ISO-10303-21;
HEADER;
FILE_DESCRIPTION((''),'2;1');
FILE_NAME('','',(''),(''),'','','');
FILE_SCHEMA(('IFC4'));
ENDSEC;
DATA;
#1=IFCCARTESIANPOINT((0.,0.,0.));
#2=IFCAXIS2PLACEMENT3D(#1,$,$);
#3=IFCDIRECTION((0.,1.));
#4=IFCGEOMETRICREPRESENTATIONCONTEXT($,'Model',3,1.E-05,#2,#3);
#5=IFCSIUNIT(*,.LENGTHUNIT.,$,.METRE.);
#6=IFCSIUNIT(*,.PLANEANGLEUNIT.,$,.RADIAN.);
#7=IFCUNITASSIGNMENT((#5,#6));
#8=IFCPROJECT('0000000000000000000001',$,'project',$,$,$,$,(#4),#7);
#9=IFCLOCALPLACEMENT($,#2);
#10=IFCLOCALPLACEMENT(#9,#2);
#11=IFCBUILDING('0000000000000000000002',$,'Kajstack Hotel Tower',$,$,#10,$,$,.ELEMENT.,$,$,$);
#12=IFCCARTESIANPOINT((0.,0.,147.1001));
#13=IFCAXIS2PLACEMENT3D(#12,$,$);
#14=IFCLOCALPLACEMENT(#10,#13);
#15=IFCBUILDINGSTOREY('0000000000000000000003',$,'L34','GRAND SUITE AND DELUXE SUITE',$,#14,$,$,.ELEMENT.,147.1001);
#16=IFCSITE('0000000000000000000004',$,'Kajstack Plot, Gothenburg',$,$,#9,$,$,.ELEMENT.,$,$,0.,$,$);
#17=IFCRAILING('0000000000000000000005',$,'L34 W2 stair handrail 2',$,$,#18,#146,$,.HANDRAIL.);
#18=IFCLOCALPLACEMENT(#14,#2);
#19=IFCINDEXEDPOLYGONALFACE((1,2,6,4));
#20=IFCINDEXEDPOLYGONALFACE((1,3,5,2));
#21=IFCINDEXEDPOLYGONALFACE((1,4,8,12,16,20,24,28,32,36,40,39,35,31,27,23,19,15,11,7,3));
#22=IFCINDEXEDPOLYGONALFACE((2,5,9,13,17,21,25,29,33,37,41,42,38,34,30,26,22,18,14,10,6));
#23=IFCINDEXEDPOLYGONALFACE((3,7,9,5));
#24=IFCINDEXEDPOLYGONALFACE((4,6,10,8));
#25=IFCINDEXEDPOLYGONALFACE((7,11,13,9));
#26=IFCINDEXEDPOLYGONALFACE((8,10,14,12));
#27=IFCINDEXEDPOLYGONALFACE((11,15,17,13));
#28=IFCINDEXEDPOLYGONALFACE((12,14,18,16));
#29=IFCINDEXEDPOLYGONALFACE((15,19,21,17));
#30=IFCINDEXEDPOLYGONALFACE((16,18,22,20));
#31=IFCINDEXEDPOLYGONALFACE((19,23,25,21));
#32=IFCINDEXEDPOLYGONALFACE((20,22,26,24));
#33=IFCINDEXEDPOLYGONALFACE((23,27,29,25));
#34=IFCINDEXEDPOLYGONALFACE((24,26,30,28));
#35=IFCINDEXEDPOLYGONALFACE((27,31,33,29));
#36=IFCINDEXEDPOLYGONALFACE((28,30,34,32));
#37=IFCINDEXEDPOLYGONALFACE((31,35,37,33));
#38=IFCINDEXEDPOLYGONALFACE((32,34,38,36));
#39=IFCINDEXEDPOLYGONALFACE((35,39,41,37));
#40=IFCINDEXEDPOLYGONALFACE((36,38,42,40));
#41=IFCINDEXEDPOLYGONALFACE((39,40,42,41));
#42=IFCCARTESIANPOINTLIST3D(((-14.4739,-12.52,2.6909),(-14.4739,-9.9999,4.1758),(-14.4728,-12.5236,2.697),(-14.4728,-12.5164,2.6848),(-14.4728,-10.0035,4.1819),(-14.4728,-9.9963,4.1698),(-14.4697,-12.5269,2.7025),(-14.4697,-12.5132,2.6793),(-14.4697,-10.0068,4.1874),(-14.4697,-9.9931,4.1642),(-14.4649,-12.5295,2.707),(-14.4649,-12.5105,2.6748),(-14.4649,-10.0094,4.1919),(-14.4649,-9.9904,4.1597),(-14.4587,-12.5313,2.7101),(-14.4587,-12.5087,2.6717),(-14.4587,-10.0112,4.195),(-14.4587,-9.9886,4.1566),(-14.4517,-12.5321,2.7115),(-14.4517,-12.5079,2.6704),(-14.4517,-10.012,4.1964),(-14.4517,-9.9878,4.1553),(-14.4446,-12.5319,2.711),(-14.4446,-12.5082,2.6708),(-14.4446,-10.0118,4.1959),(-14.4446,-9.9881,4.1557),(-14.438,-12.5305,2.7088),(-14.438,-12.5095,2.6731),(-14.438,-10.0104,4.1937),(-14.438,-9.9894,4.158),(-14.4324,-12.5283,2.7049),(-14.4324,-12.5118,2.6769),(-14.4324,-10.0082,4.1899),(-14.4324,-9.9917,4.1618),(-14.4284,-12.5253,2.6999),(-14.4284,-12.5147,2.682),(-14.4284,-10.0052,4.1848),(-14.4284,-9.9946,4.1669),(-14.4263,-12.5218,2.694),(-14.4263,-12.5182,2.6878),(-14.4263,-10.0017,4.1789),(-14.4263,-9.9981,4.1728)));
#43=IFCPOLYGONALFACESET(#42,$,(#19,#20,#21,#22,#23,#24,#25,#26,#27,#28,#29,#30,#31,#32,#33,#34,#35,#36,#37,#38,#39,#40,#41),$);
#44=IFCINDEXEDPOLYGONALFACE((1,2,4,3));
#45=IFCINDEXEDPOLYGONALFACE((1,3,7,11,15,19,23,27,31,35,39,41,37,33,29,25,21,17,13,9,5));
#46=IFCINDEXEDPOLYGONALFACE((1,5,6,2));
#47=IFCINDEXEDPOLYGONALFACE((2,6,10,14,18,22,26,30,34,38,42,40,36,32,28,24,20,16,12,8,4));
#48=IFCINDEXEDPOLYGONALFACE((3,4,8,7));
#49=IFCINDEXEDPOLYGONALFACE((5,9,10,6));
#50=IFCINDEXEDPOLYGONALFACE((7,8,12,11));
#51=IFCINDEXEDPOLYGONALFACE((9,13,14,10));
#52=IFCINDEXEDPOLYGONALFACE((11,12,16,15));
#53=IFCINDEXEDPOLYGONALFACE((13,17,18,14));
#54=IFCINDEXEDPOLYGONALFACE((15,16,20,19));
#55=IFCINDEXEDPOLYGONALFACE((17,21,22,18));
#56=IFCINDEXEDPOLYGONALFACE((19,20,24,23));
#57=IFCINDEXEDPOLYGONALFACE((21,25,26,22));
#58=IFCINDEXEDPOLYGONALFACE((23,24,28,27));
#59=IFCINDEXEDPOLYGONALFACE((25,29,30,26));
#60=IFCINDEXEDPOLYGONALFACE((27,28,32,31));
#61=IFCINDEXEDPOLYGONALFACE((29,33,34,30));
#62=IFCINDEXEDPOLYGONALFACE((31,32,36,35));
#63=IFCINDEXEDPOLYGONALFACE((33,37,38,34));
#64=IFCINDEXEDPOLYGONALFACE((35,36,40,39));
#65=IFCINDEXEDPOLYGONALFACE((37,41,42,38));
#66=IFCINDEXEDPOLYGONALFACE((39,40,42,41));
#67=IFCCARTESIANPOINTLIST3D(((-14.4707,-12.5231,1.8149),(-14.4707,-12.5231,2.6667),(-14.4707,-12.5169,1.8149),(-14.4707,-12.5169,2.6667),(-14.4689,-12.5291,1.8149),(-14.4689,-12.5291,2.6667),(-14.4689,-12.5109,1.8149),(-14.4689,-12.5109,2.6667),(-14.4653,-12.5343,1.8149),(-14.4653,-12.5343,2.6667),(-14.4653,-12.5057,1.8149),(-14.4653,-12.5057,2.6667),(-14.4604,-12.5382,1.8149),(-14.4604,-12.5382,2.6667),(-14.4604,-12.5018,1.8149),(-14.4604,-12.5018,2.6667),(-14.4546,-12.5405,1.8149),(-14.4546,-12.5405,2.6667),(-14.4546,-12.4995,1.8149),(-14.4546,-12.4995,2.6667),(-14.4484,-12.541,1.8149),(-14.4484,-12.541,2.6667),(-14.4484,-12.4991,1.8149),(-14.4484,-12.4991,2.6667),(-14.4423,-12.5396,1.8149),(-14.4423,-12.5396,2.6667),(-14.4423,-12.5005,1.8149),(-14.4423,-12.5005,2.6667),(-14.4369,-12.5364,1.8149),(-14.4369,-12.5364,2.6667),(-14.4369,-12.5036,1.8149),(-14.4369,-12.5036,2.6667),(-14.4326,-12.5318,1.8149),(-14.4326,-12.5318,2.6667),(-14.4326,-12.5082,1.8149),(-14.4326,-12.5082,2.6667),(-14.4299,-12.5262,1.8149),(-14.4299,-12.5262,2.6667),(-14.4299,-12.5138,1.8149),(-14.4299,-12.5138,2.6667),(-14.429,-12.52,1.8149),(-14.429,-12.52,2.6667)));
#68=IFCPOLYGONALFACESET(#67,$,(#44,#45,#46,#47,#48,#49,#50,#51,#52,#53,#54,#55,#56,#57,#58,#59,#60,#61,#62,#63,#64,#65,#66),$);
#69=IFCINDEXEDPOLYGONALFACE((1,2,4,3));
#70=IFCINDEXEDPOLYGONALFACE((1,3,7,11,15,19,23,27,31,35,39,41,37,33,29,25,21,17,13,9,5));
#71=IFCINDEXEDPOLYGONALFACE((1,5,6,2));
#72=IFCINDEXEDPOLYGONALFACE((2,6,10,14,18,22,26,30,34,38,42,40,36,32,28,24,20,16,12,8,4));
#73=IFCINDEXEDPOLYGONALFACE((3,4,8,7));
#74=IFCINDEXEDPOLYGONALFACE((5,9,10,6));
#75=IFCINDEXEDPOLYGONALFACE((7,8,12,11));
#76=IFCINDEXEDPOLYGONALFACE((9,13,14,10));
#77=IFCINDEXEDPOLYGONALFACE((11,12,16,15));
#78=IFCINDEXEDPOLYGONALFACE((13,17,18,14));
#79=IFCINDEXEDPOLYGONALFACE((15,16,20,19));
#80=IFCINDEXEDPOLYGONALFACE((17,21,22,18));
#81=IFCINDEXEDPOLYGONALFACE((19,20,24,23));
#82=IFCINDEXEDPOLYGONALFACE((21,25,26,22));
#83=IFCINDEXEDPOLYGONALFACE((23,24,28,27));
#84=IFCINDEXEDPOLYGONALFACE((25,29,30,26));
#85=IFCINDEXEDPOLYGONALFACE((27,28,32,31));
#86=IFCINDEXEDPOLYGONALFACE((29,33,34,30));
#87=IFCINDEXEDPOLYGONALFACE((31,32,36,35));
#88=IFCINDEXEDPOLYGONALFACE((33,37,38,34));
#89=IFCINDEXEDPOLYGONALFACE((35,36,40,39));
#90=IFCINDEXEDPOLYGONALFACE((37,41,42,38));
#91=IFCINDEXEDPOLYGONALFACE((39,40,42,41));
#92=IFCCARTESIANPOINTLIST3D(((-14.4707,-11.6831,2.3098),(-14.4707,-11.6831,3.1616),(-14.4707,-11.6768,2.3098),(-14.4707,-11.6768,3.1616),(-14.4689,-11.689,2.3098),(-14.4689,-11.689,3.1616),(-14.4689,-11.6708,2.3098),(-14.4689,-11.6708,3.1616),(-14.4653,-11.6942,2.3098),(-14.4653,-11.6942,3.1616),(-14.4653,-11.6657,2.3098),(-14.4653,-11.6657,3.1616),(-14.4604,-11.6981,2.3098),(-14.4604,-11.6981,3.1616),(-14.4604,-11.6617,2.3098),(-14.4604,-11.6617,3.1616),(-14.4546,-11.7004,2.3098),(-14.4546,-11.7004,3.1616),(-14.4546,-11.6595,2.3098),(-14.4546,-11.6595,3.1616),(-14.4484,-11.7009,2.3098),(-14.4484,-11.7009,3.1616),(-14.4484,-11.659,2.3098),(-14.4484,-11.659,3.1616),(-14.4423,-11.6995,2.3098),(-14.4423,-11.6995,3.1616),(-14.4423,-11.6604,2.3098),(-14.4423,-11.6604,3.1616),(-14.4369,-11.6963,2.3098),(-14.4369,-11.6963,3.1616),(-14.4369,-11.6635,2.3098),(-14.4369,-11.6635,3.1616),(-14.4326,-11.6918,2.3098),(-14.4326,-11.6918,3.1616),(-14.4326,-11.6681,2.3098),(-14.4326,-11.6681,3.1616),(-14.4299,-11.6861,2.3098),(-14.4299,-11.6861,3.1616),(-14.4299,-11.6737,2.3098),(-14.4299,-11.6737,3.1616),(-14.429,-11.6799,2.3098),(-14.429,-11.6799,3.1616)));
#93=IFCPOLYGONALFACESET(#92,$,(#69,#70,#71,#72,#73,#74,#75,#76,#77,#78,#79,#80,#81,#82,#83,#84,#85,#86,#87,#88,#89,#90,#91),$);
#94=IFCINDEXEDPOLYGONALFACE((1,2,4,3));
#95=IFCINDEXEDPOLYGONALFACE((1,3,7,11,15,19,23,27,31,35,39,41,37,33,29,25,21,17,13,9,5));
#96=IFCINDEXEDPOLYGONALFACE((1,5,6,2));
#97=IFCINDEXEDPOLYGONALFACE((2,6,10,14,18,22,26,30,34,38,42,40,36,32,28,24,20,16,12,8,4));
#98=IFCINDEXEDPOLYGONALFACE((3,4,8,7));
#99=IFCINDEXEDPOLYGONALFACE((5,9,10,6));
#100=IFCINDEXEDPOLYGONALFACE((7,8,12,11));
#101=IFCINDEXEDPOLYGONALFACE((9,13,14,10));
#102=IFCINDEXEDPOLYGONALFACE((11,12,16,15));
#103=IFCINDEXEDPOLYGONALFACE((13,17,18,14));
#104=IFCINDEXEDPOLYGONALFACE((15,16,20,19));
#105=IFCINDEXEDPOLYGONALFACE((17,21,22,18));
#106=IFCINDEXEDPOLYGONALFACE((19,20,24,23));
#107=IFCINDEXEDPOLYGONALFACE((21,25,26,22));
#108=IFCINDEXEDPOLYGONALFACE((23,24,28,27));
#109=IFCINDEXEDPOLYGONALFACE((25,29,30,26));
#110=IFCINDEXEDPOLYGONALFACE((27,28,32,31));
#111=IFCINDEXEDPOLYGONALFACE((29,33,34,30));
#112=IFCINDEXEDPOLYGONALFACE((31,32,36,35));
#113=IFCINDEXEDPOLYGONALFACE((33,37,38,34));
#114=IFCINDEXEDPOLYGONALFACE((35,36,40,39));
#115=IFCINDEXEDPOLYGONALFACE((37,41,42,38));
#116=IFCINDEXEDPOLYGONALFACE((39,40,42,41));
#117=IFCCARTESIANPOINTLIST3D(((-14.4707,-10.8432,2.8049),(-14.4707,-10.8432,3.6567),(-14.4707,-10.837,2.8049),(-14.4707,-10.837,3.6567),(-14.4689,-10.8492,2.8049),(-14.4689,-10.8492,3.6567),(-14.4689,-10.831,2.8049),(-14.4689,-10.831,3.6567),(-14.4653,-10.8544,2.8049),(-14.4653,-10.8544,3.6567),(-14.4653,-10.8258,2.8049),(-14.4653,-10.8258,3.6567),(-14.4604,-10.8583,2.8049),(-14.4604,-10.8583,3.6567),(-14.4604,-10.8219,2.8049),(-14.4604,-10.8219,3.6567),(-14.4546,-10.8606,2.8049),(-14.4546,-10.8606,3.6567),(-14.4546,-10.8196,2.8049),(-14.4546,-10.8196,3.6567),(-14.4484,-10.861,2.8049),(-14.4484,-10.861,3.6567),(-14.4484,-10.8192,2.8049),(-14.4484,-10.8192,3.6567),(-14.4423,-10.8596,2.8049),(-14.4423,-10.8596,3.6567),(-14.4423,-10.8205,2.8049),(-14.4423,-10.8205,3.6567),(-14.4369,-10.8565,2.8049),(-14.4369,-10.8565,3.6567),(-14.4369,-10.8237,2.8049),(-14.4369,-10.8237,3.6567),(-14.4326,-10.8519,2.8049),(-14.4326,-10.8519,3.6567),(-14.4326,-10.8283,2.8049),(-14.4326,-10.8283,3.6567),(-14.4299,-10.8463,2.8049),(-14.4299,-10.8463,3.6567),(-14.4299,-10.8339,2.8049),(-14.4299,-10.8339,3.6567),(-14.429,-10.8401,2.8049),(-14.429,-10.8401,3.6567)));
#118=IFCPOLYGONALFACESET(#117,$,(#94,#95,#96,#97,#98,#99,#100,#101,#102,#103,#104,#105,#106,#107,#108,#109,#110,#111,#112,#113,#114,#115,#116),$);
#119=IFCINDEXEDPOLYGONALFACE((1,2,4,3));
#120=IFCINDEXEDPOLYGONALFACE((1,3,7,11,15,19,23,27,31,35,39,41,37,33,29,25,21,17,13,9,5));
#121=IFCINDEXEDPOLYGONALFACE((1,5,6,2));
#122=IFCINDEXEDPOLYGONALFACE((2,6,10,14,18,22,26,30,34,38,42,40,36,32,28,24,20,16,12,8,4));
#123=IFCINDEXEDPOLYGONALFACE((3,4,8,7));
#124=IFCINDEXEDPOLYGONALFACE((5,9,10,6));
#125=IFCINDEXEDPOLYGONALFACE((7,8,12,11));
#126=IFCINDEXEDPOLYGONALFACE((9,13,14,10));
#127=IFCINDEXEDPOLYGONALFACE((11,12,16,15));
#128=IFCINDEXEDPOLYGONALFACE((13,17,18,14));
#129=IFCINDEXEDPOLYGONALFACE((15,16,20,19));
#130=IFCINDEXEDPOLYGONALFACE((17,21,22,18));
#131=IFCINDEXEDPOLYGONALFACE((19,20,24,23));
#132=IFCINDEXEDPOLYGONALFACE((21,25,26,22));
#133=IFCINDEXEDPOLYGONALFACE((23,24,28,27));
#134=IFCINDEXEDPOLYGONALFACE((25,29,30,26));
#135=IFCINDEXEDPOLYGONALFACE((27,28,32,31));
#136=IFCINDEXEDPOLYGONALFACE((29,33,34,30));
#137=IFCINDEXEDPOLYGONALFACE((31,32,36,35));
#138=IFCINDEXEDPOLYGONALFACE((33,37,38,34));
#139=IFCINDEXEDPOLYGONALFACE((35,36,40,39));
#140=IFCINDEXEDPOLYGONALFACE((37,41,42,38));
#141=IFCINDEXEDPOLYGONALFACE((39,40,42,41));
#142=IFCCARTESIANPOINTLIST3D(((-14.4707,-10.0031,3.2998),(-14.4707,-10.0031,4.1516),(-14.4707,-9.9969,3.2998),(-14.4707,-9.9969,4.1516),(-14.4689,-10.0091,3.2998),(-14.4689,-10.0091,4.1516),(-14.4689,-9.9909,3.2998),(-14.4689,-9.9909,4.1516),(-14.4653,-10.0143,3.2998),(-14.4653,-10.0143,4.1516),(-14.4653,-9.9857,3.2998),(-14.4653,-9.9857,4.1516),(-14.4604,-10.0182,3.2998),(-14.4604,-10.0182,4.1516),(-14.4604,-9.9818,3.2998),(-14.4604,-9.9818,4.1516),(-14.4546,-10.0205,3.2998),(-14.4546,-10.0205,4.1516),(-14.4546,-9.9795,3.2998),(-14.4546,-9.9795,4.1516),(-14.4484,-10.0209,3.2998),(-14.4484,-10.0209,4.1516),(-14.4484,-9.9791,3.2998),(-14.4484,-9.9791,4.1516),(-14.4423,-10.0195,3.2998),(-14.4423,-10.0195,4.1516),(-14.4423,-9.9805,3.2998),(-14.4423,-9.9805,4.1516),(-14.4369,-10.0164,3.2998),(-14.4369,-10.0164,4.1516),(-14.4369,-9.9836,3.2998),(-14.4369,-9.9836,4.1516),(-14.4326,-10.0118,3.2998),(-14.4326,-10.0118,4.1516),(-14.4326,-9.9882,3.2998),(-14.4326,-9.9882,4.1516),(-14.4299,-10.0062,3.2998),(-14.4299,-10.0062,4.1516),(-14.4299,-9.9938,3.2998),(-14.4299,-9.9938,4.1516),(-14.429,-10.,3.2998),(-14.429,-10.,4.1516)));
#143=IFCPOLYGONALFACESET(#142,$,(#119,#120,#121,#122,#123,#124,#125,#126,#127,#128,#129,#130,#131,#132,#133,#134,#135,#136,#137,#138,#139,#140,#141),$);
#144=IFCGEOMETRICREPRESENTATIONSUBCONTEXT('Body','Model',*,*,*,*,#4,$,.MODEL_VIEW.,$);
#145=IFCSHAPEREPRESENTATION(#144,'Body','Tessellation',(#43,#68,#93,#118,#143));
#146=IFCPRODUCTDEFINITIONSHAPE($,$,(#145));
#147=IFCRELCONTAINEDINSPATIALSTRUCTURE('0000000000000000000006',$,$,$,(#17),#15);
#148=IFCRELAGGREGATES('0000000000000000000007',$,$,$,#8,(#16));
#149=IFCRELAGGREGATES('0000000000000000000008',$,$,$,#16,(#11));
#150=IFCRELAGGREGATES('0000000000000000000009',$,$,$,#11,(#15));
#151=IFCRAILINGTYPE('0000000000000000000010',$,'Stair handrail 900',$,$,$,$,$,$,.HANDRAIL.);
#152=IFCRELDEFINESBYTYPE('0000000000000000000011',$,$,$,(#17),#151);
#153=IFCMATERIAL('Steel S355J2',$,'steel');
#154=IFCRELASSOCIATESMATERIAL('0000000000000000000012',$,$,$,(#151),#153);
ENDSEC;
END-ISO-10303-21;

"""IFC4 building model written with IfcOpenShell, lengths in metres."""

from ifc_helpers import new_model, si_unit, direction, frame, origin, origin_2d, place, context, subcontext, project, spatial, circle, extrude, material, type_object, element, save


model = new_model("IFC4")

# Units and contexts
model_context = context("Model", 3, precision=1e-05, world=origin(), true_north=direction((0.0, 1.0)))
body_context = subcontext(model_context, "Body", "Model", "MODEL_VIEW")
ifc_project = project(units=[si_unit("LENGTHUNIT", "METRE"), si_unit("PLANEANGLEUNIT", "RADIAN")], contexts=[model_context])

# Site, building, storey
site_placement = place(None, origin())
site = spatial("IfcSite", under=ifc_project, at=site_placement, Name="Kajstack Plot, Gothenburg", CompositionType="ELEMENT", RefElevation=0.0)
building_placement = place(site_placement, origin())
building = spatial("IfcBuilding", under=site, at=building_placement, Name="Kajstack Hotel Tower", CompositionType="ELEMENT")
storey_placement = place(building_placement, frame((0.0, 0.0, 147.1001)))
storey = spatial("IfcBuildingStorey", under=building, at=storey_placement, Name="L34", Description="GRAND SUITE AND DELUXE SUITE", CompositionType="ELEMENT", Elevation=147.1001)

# Railing
ifc_material_1 = material(Name="Steel S355J2", Category="steel")
railing_type_1 = type_object("IfcRailingType", Name="Stair handrail 900", PredefinedType="HANDRAIL", material=ifc_material_1)
railing_1_placement = place(storey_placement, frame((-14.45, -12.52, 1.8149)))
element("IfcRailing", 1, at=railing_1_placement, inside=storey, type_object=railing_type_1, Name="L34 W2 stair handrail 2", PredefinedType="HANDRAIL", context=body_context, shape_type="SweptSolid", body=[
    extrude(circle(Radius=0.0239, at=origin_2d()), frame((0.0, 0.0, 0.876), z_axis=(0.0, 0.861561, 0.507655), x_axis=(-1.0, 0.0, 0.0)), (0.0, 0.0, 1.0), 2.925),
    extrude(circle(Radius=0.021, at=origin_2d()), origin(), (0.0, 0.0, 1.0), 0.8518),
    extrude(circle(Radius=0.021, at=origin_2d()), frame((0.0, 0.8401, 0.4949)), (0.0, 0.0, 1.0), 0.8518),
    extrude(circle(Radius=0.021, at=origin_2d()), frame((0.0, 1.6799, 0.99)), (0.0, 0.0, 1.0), 0.8518),
    extrude(circle(Radius=0.021, at=origin_2d()), frame((0.0, 2.52, 1.4849)), (0.0, 0.0, 1.0), 0.8518),
])

save(model, "model.ifc")
